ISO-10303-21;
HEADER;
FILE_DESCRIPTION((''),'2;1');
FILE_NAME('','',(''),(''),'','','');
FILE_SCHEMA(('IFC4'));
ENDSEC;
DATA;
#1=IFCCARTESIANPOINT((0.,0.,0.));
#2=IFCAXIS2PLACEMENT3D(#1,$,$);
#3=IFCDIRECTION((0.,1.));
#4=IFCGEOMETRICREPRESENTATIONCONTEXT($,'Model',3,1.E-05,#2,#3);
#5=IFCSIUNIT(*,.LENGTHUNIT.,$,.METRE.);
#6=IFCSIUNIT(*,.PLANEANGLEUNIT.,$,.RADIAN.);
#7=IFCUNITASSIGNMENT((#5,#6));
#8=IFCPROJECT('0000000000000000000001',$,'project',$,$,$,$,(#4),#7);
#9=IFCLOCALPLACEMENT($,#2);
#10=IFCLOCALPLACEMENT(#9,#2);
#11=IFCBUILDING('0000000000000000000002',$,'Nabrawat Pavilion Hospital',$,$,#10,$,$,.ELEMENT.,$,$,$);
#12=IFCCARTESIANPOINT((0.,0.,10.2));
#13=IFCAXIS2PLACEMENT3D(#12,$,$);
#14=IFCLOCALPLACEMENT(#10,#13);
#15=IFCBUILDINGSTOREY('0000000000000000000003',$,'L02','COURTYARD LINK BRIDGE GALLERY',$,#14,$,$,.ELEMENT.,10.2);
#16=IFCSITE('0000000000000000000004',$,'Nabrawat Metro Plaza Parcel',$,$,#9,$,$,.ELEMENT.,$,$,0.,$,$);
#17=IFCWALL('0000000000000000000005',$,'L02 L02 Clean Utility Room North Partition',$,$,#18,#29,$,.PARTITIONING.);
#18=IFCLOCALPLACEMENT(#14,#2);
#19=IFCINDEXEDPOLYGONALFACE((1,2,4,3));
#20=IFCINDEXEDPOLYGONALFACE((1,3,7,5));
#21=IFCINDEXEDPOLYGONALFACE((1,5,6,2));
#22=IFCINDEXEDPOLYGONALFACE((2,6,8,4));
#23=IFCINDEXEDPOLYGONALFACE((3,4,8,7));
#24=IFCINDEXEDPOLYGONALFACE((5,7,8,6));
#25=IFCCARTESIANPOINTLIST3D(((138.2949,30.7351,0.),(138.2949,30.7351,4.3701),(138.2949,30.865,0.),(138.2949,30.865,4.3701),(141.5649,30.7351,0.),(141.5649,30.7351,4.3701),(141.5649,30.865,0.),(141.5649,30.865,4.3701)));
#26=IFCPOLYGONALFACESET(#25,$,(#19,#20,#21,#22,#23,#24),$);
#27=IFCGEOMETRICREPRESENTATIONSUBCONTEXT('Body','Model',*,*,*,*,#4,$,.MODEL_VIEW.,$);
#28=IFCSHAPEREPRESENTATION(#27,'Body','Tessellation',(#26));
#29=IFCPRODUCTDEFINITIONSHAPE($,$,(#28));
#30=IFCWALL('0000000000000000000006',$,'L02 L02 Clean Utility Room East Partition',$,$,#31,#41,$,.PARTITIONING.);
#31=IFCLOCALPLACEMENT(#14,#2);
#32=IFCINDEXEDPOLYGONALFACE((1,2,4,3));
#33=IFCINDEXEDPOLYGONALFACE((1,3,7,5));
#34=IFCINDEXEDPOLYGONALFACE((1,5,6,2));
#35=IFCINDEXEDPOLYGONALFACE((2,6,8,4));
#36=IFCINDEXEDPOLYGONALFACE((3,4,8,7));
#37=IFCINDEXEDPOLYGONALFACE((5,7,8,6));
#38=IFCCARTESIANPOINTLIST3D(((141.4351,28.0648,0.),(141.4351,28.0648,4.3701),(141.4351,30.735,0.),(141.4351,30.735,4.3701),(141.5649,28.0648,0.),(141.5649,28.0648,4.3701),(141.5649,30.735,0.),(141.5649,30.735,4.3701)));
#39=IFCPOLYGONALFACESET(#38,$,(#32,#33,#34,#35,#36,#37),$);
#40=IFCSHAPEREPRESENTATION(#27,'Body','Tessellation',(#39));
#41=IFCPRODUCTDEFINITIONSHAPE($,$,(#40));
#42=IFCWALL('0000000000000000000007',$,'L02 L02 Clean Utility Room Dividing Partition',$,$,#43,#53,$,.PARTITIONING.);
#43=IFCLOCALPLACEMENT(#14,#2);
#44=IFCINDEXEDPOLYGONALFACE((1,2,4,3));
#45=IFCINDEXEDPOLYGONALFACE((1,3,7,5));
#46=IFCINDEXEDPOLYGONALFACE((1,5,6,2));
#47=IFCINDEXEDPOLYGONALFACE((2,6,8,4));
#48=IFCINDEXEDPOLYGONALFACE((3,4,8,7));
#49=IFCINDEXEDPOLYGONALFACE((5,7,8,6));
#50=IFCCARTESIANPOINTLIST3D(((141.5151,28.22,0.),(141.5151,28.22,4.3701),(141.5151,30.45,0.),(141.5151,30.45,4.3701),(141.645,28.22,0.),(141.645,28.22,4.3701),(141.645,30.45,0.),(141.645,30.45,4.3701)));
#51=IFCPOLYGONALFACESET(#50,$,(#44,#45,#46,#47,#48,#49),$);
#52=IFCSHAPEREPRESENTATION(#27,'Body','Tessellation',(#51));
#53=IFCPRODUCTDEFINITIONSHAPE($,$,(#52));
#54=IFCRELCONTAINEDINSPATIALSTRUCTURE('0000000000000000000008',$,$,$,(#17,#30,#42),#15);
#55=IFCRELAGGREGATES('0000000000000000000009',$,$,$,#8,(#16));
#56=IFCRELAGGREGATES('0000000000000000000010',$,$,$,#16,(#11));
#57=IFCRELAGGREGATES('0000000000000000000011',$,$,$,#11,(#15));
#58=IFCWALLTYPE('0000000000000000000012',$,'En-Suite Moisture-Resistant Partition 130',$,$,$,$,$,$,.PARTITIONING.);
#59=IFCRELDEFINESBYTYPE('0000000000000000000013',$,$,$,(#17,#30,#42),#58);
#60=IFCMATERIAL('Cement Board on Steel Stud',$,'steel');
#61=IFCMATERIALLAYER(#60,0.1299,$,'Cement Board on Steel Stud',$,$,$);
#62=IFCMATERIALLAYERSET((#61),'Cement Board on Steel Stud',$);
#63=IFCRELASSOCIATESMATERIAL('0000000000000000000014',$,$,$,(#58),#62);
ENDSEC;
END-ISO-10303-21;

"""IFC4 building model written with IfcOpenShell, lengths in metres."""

from ifc_helpers import new_model, si_unit, direction, frame, frame_2d, origin, place, context, subcontext, project, spatial, rectangle, extrude, material, layer, layer_set, type_object, element, save


model = new_model("IFC4")

# Units and contexts
model_context = context("Model", 3, precision=1e-05, world=origin(), true_north=direction((0.0, 1.0)))
body_context = subcontext(model_context, "Body", "Model", "MODEL_VIEW")
ifc_project = project(units=[si_unit("LENGTHUNIT", "METRE"), si_unit("PLANEANGLEUNIT", "RADIAN")], contexts=[model_context])

# Site, building, storey
site_placement = place(None, origin())
site = spatial("IfcSite", under=ifc_project, at=site_placement, Name="Nabrawat Metro Plaza Parcel", CompositionType="ELEMENT", RefElevation=0.0)
building_placement = place(site_placement, origin())
building = spatial("IfcBuilding", under=site, at=building_placement, Name="Nabrawat Pavilion Hospital", CompositionType="ELEMENT")
storey_placement = place(building_placement, frame((0.0, 0.0, 10.2)))
storey = spatial("IfcBuildingStorey", under=building, at=storey_placement, Name="L02", Description="COURTYARD LINK BRIDGE GALLERY", CompositionType="ELEMENT", Elevation=10.2)

# Walls
ifc_material_1 = material(Name="Cement Board on Steel Stud", Category="steel")
ifc_layer_1 = layer(ifc_material_1, 0.1299, Name="Cement Board on Steel Stud")
ifc_layer_set_1 = layer_set([ifc_layer_1], Name="Cement Board on Steel Stud")
wall_type_1 = type_object("IfcWallType", Name="En-Suite Moisture-Resistant Partition 130", PredefinedType="PARTITIONING", material=ifc_layer_set_1)
wall_1_placement = place(storey_placement, frame((138.2949, 30.8, 0.0), z_axis=(0.0, 0.0, 1.0), x_axis=(1.0, 0.0, 0.0)))
element("IfcWall", 1, at=wall_1_placement, inside=storey, type_object=wall_type_1, Name="L02 L02 Clean Utility Room North Partition", PredefinedType="PARTITIONING", context=body_context, shape_type="SweptSolid", body=[
    extrude(rectangle(XDim=3.27, YDim=0.1299, at=frame_2d((1.635, 0.0))), origin(), (0.0, 0.0, 1.0), 4.3701),
])
wall_2_placement = place(storey_placement, frame((141.5, 28.0649, 0.0), z_axis=(0.0, 0.0, 1.0), x_axis=(0.0, 1.0, 0.0)))
element("IfcWall", 2, at=wall_2_placement, inside=storey, type_object=wall_type_1, Name="L02 L02 Clean Utility Room East Partition", PredefinedType="PARTITIONING", context=body_context, shape_type="SweptSolid", body=[
    extrude(rectangle(XDim=2.6702, YDim=0.1299, at=frame_2d((1.335, 0.0))), origin(), (0.0, 0.0, 1.0), 4.3701),
])
wall_3_placement = place(storey_placement, frame((141.5801, 28.22, 0.0), z_axis=(0.0, 0.0, 1.0), x_axis=(0.0, 1.0, 0.0)))
element("IfcWall", 3, at=wall_3_placement, inside=storey, type_object=wall_type_1, Name="L02 L02 Clean Utility Room Dividing Partition", PredefinedType="PARTITIONING", context=body_context, shape_type="SweptSolid", body=[
    extrude(rectangle(XDim=2.23, YDim=0.1299, at=frame_2d((1.115, 0.0))), origin(), (0.0, 0.0, 1.0), 4.3701),
])

save(model, "model.ifc")
